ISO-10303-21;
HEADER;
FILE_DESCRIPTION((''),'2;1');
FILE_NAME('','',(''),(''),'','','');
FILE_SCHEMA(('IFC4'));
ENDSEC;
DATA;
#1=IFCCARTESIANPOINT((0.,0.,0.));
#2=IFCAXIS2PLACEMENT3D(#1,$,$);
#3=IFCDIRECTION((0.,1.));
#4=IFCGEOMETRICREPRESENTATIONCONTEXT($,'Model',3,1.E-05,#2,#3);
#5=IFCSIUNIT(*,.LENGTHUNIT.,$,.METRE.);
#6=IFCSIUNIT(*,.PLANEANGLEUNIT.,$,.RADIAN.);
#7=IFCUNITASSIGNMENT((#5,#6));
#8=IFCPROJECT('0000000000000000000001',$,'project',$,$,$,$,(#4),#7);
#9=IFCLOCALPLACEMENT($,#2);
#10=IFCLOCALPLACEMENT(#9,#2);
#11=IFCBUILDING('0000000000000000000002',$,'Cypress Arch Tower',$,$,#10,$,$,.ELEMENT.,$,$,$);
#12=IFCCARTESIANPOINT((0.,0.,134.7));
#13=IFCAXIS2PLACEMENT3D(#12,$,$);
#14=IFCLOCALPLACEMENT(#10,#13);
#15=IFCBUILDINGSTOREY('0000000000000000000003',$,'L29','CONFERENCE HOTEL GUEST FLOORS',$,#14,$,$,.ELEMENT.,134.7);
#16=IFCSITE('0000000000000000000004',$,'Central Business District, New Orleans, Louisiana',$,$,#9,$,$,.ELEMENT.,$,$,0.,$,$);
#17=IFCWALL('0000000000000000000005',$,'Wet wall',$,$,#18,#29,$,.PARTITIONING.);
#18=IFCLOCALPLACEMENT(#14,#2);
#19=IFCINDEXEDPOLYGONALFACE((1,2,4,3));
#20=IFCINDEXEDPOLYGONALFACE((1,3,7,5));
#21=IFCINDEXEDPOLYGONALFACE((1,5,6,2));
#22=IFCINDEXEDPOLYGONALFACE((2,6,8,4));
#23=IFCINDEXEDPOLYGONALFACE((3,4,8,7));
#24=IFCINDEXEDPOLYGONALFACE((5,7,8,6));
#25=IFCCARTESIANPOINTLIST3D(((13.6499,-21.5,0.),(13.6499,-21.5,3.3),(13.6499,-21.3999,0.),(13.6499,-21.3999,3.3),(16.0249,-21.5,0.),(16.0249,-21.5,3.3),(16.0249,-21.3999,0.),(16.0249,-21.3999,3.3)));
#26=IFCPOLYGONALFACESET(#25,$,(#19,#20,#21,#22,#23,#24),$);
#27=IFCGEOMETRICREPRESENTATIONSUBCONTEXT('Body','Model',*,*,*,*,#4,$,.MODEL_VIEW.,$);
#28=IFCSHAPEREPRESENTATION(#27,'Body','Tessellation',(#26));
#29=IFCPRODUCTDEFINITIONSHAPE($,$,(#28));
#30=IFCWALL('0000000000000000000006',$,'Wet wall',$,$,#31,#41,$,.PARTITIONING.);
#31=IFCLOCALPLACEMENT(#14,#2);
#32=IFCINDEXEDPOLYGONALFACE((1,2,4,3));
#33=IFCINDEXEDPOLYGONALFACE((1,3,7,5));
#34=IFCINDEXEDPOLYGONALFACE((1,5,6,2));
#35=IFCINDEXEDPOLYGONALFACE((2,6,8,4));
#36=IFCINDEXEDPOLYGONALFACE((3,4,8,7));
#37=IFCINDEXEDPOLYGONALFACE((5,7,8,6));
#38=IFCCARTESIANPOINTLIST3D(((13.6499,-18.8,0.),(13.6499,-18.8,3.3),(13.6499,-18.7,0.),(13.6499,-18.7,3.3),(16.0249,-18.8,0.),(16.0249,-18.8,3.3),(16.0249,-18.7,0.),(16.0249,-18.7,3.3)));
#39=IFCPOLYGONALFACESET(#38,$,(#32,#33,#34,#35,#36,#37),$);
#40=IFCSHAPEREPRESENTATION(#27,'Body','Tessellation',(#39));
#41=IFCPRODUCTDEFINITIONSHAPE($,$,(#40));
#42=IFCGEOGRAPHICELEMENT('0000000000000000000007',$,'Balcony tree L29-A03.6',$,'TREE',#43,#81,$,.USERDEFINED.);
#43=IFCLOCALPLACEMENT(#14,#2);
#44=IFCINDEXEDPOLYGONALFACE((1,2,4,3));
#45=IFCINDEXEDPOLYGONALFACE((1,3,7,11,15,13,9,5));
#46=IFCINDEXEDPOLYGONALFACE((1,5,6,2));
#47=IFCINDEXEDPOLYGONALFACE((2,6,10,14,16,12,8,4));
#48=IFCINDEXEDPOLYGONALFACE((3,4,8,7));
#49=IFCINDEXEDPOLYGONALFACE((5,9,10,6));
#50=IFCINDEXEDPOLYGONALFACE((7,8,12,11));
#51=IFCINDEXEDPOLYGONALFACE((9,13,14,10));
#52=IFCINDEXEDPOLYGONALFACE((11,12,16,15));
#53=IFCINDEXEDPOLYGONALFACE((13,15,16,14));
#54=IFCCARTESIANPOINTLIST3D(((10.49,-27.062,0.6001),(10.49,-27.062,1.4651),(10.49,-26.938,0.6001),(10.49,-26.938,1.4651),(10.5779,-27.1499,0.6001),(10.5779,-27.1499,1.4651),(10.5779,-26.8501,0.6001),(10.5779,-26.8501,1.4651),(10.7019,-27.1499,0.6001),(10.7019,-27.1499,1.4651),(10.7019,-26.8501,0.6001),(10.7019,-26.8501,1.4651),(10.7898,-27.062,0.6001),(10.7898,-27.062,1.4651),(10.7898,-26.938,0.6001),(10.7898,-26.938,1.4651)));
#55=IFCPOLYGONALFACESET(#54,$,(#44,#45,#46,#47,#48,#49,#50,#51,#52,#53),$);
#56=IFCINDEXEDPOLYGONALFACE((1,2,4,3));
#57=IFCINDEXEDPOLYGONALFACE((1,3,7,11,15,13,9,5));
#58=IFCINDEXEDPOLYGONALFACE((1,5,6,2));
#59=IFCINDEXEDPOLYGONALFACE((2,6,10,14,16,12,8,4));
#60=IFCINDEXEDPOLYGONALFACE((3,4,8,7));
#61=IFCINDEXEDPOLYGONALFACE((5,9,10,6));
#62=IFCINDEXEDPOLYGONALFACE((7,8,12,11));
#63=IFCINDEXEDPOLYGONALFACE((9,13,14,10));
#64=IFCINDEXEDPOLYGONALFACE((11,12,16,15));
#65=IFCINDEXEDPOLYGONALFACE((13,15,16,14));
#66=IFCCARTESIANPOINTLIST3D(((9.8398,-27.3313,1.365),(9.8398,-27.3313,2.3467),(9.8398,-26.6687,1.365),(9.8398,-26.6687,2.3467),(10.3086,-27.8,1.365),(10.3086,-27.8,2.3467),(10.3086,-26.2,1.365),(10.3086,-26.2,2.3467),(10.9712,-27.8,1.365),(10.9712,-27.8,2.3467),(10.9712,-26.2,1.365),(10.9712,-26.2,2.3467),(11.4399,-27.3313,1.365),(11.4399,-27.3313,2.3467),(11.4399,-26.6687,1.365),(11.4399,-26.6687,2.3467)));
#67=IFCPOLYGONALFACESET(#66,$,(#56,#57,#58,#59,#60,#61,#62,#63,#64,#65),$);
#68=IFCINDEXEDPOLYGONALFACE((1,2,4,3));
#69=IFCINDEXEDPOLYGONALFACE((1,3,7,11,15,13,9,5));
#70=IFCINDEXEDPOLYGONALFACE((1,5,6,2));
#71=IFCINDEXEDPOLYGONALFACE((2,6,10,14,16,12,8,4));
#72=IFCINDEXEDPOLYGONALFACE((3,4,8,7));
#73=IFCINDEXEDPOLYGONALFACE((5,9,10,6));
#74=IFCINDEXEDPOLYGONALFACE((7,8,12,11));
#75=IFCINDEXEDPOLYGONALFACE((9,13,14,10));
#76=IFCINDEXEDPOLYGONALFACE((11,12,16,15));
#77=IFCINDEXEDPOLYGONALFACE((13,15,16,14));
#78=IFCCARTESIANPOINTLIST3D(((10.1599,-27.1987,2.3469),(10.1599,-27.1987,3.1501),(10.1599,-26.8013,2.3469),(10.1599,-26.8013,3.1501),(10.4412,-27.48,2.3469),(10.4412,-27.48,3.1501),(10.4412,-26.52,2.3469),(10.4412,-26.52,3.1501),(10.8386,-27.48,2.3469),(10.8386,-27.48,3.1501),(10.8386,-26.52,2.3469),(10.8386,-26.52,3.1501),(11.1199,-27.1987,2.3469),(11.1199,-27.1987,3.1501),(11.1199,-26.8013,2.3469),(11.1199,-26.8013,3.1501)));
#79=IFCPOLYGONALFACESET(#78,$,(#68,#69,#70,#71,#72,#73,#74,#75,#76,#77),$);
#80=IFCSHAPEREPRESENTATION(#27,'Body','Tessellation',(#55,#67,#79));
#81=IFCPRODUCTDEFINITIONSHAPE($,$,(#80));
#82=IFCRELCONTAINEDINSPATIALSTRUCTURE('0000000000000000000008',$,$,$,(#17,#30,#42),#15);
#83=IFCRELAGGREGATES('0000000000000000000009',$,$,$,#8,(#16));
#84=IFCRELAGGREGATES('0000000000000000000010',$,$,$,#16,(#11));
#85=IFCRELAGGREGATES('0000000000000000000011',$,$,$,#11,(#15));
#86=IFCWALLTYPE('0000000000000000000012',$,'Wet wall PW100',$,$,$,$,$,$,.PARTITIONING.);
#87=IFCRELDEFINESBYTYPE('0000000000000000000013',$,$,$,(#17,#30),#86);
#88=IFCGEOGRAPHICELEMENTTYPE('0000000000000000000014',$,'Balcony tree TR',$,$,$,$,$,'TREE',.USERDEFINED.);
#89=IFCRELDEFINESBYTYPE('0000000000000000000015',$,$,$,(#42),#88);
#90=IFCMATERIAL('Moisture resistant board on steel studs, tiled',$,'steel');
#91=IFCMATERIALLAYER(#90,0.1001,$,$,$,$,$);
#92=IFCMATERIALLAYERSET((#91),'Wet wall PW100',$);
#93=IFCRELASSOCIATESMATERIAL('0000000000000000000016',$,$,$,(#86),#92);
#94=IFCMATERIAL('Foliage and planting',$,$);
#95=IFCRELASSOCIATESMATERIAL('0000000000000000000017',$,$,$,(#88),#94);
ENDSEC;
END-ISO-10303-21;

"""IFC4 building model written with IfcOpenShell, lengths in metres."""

from ifc_helpers import new_model, si_unit, direction, frame, frame_2d, origin, place, context, subcontext, project, spatial, polyline, rectangle, outline, extrude, material, layer, layer_set, type_object, element, save


model = new_model("IFC4")

# Units and contexts
model_context = context("Model", 3, precision=1e-05, world=origin(), true_north=direction((0.0, 1.0)))
body_context = subcontext(model_context, "Body", "Model", "MODEL_VIEW")
ifc_project = project(units=[si_unit("LENGTHUNIT", "METRE"), si_unit("PLANEANGLEUNIT", "RADIAN")], contexts=[model_context])

# Site, building, storey
site_placement = place(None, origin())
site = spatial("IfcSite", under=ifc_project, at=site_placement, Name="Central Business District, New Orleans, Louisiana", CompositionType="ELEMENT", RefElevation=0.0)
building_placement = place(site_placement, origin())
building = spatial("IfcBuilding", under=site, at=building_placement, Name="Cypress Arch Tower", CompositionType="ELEMENT")
storey_placement = place(building_placement, frame((0.0, 0.0, 134.7)))
storey = spatial("IfcBuildingStorey", under=building, at=storey_placement, Name="L29", Description="CONFERENCE HOTEL GUEST FLOORS", CompositionType="ELEMENT", Elevation=134.7)

# Shared definitions
ifc_material_1 = material(Name="Moisture resistant board on steel studs, tiled", Category="steel")
ifc_layer_1 = layer(ifc_material_1, 0.1001)
ifc_layer_set_1 = layer_set([ifc_layer_1], Name="Wet wall PW100")
wall_type_1 = type_object("IfcWallType", Name="Wet wall PW100", PredefinedType="PARTITIONING", material=ifc_layer_set_1)

# Walls
for number, where, z_axis, x_axis, name in (
    (1, (13.6499, -21.45, 0.0), (0.0, 0.0, 1.0), (1.0, 0.0, 0.0), "Wet wall"),
    (2, (13.6499, -18.75, 0.0), (0.0, 0.0, 1.0), (1.0, 0.0, 0.0), "Wet wall"),
):
    element("IfcWall", number, at=place(storey_placement, frame(where, z_axis=z_axis, x_axis=x_axis)), inside=storey, type_object=wall_type_1, Name=name, PredefinedType="PARTITIONING", context=body_context, shape_type="SweptSolid", body=[
        extrude(rectangle(XDim=2.375, YDim=0.1001, at=frame_2d((1.1875, 0.0))), origin(), (0.0, 0.0, 1.0), 3.3),
    ])

# Geographic element
ifc_material_2 = material(Name="Foliage and planting")
geographic_element_type = type_object("IfcGeographicElementType", Name="Balcony tree TR", ElementType="TREE", PredefinedType="USERDEFINED", material=ifc_material_2)
geographic_element_placement = place(storey_placement, frame((10.6399, -27.0, 0.6001), z_axis=(0.0, 0.0, 1.0), x_axis=(1.0, 0.0, 0.0)))
element("IfcGeographicElement", 3, at=geographic_element_placement, inside=storey, type_object=geographic_element_type, Name="Balcony tree L29-A03.6", ObjectType="TREE", PredefinedType="USERDEFINED", context=body_context, shape_type="SweptSolid", body=[
    extrude(outline(polyline([(0.1499, 0.062), (0.062, 0.1499), (-0.062, 0.1499), (-0.1499, 0.062), (-0.1499, -0.062), (-0.062, -0.1499), (0.062, -0.1499), (0.1499, -0.062), (0.1499, 0.062)])), origin(), (0.0, 0.0, 1.0), 0.865),
    extrude(outline(polyline([(0.8, 0.3313), (0.3313, 0.8), (-0.3313, 0.8), (-0.8, 0.3313), (-0.8, -0.3313), (-0.3313, -0.8), (0.3313, -0.8), (0.8, -0.3313), (0.8, 0.3313)])), frame((0.0, 0.0, 0.7649)), (0.0, 0.0, 1.0), 0.9817),
    extrude(outline(polyline([(0.48, 0.1987), (0.1987, 0.48), (-0.1987, 0.48), (-0.48, 0.1987), (-0.48, -0.1987), (-0.1987, -0.48), (0.1987, -0.48), (0.48, -0.1987), (0.48, 0.1987)])), frame((0.0, 0.0, 1.7468)), (0.0, 0.0, 1.0), 0.8032),
])

save(model, "model.ifc")
